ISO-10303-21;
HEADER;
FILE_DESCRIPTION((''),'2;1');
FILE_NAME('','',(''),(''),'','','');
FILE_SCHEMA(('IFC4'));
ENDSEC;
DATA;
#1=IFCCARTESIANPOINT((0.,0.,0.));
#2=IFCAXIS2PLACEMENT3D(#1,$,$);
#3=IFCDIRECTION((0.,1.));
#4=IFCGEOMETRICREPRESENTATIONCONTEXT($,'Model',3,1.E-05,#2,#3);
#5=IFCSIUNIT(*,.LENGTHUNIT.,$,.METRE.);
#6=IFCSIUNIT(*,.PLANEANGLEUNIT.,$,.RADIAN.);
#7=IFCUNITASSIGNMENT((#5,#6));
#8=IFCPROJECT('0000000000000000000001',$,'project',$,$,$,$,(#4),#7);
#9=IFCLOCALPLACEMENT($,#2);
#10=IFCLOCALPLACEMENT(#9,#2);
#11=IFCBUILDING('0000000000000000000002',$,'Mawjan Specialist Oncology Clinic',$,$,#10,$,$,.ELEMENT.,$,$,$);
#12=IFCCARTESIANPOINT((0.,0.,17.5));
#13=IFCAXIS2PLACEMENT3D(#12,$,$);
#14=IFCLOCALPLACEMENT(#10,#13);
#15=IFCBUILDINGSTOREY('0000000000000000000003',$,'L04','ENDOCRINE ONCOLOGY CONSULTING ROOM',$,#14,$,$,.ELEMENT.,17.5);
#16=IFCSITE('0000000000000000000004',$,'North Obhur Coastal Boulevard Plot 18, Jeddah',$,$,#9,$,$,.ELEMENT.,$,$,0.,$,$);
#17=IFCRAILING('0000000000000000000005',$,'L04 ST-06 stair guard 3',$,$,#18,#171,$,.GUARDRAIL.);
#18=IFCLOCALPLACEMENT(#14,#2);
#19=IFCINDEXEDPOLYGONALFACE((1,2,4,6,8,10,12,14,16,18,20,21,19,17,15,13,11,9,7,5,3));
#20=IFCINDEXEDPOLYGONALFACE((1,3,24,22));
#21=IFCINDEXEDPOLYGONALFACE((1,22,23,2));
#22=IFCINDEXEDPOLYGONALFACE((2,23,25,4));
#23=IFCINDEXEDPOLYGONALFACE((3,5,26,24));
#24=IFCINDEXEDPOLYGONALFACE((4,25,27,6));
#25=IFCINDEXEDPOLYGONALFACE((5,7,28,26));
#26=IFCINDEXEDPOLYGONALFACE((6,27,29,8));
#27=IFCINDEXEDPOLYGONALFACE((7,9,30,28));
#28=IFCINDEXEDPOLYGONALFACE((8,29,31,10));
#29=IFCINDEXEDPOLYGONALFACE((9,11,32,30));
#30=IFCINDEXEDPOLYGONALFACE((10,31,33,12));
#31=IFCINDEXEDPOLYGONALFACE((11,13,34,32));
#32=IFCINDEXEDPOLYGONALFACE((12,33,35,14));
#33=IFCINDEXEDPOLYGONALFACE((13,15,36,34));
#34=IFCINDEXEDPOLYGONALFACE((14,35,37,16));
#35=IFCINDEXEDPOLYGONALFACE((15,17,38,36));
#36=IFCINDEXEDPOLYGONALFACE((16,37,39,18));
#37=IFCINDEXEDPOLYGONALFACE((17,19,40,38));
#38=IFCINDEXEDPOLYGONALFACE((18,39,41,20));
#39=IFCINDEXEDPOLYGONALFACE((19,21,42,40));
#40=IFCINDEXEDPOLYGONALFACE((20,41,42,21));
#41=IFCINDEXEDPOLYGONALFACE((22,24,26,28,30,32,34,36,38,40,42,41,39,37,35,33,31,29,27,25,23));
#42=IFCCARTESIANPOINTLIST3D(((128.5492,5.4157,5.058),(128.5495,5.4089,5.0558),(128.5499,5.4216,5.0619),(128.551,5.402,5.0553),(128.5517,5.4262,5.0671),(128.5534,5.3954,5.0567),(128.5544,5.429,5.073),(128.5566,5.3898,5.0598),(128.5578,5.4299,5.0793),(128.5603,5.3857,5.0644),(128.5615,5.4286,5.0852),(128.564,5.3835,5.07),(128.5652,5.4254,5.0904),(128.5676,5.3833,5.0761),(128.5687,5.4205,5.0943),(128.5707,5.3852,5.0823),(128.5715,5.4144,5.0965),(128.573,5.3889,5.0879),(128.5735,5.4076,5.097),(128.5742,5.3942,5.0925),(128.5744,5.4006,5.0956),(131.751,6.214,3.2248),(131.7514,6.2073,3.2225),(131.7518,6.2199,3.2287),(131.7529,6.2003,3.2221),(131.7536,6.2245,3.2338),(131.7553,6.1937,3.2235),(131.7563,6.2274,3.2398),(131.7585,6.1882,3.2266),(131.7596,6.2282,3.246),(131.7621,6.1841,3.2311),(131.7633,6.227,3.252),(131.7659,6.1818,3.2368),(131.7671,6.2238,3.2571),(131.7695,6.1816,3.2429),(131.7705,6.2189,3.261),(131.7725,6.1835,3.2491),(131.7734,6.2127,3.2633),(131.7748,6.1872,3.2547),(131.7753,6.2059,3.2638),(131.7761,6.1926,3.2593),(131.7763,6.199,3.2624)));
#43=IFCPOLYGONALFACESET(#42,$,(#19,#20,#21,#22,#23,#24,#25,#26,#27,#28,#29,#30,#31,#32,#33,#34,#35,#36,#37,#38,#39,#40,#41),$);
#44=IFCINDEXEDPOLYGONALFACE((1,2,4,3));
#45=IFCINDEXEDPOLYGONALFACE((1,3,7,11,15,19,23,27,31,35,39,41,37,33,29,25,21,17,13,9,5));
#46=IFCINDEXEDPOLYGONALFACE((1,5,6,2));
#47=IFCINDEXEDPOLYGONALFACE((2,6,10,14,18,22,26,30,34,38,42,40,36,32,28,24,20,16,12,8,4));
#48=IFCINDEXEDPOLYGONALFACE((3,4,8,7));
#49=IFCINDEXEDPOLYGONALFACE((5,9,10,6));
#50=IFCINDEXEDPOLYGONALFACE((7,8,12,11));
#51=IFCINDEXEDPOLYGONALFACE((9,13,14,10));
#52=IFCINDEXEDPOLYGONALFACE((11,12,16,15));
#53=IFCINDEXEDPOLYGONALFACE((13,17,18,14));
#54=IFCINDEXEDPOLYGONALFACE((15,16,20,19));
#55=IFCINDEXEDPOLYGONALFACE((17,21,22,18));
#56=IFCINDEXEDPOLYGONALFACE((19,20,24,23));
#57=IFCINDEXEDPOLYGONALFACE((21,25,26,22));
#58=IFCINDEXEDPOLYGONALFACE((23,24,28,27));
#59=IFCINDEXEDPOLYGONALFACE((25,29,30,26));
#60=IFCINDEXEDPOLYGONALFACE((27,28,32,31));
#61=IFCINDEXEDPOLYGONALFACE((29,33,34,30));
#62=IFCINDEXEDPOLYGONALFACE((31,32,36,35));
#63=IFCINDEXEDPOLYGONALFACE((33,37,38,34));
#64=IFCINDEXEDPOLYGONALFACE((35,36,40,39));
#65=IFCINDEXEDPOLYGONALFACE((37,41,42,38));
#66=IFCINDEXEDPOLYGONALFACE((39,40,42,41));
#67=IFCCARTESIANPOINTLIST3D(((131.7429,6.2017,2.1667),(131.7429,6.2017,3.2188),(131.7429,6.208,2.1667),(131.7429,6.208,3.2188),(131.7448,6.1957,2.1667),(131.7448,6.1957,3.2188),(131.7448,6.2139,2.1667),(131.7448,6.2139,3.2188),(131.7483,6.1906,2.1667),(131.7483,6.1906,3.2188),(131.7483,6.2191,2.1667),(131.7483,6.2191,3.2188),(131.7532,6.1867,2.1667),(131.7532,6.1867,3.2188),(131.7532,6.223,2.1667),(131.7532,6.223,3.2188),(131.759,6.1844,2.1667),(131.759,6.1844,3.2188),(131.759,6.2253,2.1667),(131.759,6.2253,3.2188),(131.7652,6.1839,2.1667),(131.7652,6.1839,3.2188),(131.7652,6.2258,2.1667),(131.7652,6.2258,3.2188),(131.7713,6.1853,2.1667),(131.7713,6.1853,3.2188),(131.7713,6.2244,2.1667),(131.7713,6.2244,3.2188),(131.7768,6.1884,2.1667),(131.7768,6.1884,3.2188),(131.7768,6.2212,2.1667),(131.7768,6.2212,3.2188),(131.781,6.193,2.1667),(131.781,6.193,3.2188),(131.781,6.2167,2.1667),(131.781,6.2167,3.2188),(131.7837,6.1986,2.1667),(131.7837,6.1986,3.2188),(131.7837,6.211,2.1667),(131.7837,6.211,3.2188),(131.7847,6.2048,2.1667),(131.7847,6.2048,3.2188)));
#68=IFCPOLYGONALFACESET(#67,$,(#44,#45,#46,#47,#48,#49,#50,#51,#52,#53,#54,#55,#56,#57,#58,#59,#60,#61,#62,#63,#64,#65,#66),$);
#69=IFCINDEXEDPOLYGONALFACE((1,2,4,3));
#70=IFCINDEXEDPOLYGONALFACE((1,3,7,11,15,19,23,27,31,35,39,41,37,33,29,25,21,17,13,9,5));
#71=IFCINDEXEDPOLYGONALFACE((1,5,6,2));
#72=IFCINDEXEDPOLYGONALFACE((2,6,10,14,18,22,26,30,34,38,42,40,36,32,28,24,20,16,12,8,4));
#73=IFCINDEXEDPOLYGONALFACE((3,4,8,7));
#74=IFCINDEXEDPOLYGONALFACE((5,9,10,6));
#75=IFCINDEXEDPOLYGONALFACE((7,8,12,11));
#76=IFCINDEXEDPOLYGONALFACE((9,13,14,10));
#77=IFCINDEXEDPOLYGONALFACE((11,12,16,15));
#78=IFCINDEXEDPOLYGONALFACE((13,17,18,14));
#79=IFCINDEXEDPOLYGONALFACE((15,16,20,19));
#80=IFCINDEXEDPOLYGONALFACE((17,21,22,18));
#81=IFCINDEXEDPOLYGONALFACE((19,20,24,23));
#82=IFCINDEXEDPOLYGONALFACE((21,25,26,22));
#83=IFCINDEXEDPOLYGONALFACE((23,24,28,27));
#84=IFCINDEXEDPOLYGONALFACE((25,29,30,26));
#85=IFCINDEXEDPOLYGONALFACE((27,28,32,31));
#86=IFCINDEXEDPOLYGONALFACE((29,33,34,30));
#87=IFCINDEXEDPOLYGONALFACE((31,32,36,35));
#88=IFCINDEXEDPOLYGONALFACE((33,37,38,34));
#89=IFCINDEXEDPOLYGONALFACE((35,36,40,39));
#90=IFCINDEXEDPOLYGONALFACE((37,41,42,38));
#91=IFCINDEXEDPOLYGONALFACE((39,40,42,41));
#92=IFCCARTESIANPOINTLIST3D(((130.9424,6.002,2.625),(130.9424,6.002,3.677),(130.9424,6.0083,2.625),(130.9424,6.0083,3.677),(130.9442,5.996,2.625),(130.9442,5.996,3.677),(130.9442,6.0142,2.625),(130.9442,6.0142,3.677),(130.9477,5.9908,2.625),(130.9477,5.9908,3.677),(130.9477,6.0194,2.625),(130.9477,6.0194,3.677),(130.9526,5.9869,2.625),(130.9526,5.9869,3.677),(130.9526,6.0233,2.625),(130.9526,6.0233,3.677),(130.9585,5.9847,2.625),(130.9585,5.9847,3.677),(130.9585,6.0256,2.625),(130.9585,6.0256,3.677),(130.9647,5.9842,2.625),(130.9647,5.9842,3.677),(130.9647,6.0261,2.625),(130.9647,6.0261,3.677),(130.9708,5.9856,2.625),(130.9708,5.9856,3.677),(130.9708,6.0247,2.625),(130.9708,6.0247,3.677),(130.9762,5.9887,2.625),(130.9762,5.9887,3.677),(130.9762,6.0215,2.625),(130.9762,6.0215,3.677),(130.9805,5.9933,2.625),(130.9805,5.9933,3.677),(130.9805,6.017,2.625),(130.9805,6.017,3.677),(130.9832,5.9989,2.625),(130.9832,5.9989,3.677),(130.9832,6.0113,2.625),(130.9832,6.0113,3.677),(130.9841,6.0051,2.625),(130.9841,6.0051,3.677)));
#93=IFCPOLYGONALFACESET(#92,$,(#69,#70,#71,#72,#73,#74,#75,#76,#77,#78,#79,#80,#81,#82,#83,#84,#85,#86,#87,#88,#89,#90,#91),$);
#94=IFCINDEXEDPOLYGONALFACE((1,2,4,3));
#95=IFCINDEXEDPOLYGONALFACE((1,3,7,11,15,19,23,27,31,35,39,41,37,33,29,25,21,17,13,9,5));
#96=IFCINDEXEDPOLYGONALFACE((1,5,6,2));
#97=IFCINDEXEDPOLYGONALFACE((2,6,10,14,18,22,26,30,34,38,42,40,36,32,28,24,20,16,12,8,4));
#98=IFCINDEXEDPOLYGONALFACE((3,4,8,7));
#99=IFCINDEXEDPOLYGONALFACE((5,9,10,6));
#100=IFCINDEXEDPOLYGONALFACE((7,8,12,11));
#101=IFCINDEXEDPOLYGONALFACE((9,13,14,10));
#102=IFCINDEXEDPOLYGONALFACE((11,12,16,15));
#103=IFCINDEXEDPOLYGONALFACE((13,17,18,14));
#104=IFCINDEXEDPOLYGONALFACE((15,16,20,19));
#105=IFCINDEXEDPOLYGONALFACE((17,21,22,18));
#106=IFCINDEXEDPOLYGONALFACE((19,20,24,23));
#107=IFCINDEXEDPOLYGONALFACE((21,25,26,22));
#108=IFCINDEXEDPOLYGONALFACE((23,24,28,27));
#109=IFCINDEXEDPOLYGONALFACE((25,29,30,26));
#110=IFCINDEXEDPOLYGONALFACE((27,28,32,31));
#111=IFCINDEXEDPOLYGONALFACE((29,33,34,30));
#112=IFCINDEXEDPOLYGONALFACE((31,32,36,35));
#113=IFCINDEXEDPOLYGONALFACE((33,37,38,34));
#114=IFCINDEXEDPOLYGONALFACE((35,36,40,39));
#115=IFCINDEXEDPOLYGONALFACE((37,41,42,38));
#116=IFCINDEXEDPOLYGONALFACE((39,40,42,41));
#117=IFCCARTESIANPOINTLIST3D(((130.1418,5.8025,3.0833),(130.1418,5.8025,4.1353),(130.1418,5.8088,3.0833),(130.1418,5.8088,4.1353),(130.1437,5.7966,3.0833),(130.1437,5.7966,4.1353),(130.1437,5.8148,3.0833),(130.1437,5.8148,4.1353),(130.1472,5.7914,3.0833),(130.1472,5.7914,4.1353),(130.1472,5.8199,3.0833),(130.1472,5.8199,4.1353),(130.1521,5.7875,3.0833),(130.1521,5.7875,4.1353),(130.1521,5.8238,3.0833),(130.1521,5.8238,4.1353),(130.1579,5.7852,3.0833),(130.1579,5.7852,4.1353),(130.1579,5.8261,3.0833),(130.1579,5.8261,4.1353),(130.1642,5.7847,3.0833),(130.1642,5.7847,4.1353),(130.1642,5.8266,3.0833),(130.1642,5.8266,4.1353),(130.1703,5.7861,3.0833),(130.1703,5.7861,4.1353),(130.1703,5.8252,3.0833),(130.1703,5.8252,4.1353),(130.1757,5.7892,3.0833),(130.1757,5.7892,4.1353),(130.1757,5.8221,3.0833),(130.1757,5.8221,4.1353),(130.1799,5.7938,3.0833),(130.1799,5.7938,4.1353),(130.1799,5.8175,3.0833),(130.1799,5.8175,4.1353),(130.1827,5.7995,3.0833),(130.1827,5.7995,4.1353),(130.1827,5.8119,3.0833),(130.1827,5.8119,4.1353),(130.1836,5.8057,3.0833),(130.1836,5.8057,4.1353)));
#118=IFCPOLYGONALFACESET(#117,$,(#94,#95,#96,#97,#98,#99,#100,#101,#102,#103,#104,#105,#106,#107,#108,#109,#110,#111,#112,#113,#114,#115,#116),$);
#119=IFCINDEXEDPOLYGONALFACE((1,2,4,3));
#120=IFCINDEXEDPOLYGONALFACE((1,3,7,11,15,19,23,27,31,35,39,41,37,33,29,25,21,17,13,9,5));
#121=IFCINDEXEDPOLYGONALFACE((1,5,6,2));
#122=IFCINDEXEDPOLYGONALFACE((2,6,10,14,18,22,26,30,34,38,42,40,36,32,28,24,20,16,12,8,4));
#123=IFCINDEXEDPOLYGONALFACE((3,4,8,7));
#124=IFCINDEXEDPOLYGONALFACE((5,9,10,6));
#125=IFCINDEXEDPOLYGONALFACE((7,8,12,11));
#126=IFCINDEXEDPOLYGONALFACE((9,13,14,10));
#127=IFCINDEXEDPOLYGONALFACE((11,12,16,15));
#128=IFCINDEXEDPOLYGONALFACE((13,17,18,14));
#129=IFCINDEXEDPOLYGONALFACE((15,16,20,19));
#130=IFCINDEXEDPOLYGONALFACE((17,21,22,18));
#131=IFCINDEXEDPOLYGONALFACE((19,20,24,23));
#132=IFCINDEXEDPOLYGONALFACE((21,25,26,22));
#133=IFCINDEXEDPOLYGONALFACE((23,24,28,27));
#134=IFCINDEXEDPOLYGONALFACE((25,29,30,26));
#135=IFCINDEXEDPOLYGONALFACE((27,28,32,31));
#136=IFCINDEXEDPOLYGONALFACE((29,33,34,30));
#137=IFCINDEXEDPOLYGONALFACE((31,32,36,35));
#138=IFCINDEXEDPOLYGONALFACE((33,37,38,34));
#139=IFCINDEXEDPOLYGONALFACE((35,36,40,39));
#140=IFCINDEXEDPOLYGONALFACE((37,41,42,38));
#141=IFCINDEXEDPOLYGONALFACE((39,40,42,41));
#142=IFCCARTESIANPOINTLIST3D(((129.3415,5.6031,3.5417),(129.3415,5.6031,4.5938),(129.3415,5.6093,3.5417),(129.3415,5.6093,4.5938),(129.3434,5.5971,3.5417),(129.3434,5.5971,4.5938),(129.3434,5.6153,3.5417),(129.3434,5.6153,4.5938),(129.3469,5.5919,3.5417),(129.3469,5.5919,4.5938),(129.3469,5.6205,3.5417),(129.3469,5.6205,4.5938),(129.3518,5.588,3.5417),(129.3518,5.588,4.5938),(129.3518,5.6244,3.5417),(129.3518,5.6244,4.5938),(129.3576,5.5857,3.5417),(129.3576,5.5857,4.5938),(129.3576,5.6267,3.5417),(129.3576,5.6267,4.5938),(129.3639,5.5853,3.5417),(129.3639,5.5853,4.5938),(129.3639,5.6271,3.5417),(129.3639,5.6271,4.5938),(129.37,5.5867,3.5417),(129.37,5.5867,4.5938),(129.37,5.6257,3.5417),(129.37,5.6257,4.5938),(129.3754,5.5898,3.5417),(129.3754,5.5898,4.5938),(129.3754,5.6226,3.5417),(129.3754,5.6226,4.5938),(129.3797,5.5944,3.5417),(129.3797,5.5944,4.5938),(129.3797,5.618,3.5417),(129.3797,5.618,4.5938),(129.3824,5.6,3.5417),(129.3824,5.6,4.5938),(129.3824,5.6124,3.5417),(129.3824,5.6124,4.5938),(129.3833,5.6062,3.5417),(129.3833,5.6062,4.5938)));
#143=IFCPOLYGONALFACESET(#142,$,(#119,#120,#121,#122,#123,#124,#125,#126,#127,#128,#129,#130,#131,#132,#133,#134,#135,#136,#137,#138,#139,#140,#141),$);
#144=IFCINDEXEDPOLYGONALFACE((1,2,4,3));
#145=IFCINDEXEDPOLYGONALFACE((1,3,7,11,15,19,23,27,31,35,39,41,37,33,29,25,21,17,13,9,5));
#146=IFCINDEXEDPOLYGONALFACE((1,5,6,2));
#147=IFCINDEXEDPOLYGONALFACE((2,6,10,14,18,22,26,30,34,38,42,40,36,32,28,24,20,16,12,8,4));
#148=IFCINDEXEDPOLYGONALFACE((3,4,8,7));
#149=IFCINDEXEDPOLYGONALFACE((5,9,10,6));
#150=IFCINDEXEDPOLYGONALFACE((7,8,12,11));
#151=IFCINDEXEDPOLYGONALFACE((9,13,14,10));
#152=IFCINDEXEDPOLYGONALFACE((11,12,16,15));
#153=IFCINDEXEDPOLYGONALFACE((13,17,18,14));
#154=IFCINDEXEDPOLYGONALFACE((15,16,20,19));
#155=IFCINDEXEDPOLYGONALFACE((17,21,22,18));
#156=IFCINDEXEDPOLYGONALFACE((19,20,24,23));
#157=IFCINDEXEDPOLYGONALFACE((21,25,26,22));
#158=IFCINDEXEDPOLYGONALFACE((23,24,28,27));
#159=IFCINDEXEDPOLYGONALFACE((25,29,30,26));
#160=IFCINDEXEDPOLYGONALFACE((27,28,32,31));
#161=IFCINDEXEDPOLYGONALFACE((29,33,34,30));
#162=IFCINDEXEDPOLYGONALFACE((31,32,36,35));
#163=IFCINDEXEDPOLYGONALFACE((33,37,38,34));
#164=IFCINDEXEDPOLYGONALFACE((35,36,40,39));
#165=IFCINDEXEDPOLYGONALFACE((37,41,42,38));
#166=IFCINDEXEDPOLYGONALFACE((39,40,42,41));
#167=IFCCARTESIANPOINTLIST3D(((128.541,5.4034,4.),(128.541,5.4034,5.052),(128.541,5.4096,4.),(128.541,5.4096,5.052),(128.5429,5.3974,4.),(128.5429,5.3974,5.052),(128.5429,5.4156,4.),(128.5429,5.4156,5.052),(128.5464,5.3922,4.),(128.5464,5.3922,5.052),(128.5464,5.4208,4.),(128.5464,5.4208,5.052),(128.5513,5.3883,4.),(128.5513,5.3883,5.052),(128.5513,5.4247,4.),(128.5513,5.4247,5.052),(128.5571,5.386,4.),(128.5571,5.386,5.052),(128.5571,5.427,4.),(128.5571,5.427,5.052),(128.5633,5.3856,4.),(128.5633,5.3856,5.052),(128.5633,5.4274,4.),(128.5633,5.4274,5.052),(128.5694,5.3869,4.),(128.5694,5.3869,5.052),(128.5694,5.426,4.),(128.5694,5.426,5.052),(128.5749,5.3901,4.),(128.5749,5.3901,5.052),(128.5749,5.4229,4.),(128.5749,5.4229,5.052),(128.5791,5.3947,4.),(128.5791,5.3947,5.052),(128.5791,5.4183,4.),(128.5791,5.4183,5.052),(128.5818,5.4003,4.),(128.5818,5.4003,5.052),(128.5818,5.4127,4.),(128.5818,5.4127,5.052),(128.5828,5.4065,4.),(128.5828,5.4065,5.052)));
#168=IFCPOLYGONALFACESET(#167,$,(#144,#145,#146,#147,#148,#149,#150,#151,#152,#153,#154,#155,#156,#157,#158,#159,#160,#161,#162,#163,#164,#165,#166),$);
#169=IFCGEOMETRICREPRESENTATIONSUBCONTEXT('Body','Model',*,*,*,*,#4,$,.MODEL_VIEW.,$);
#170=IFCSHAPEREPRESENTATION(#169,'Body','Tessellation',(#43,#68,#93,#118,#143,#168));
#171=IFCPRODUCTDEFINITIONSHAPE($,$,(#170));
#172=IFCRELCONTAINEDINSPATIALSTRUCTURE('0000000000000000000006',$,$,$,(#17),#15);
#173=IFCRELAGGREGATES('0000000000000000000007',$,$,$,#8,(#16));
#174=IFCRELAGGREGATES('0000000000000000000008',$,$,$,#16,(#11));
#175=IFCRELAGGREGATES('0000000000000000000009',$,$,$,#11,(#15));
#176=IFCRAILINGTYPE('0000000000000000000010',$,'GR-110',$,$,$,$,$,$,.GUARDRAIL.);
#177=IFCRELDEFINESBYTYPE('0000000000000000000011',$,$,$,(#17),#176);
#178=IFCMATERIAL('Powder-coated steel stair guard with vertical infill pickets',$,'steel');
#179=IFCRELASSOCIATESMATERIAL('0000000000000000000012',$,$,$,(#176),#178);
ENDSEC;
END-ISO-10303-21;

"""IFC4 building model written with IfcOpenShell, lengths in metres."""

from ifc_helpers import new_model, si_unit, direction, frame, origin, origin_2d, place, context, subcontext, project, spatial, circle, extrude, material, type_object, element, save


model = new_model("IFC4")

# Units and contexts
model_context = context("Model", 3, precision=1e-05, world=origin(), true_north=direction((0.0, 1.0)))
body_context = subcontext(model_context, "Body", "Model", "MODEL_VIEW")
ifc_project = project(units=[si_unit("LENGTHUNIT", "METRE"), si_unit("PLANEANGLEUNIT", "RADIAN")], contexts=[model_context])

# Site, building, storey
site_placement = place(None, origin())
site = spatial("IfcSite", under=ifc_project, at=site_placement, Name="North Obhur Coastal Boulevard Plot 18, Jeddah", CompositionType="ELEMENT", RefElevation=0.0)
building_placement = place(site_placement, origin())
building = spatial("IfcBuilding", under=site, at=building_placement, Name="Mawjan Specialist Oncology Clinic", CompositionType="ELEMENT")
storey_placement = place(building_placement, frame((0.0, 0.0, 17.5)))
storey = spatial("IfcBuildingStorey", under=building, at=storey_placement, Name="L04", Description="ENDOCRINE ONCOLOGY CONSULTING ROOM", CompositionType="ELEMENT", Elevation=17.5)

# Railing
ifc_material_1 = material(Name="Powder-coated steel stair guard with vertical infill pickets", Category="steel")
railing_type_1 = type_object("IfcRailingType", Name="GR-110", PredefinedType="GUARDRAIL", material=ifc_material_1)
railing_1_placement = place(storey_placement, frame((131.7637, 6.2048, 2.1667)))
element("IfcRailing", 1, at=railing_1_placement, inside=storey, type_object=railing_type_1, Name="L04 ST-06 stair guard 3", PredefinedType="GUARDRAIL", context=body_context, shape_type="SweptSolid", body=[
    extrude(circle(Radius=0.0239, at=origin_2d()), frame((0.0, 0.0, 1.0762), z_axis=(-0.848195, -0.211483, 0.485634), x_axis=(0.241926, -0.970295, 0.0)), (0.0, 0.0, 1.0), 3.7749),
    extrude(circle(Radius=0.021, at=origin_2d()), origin(), (0.0, 0.0, 1.0), 1.052),
    extrude(circle(Radius=0.021, at=origin_2d()), frame((-0.8005, -0.1997, 0.4583)), (0.0, 0.0, 1.0), 1.052),
    extrude(circle(Radius=0.021, at=origin_2d()), frame((-1.6011, -0.3992, 0.9165)), (0.0, 0.0, 1.0), 1.052),
    extrude(circle(Radius=0.021, at=origin_2d()), frame((-2.4014, -0.5986, 1.375)), (0.0, 0.0, 1.0), 1.052),
    extrude(circle(Radius=0.021, at=origin_2d()), frame((-3.2019, -0.7983, 1.8333)), (0.0, 0.0, 1.0), 1.052),
])

save(model, "model.ifc")
